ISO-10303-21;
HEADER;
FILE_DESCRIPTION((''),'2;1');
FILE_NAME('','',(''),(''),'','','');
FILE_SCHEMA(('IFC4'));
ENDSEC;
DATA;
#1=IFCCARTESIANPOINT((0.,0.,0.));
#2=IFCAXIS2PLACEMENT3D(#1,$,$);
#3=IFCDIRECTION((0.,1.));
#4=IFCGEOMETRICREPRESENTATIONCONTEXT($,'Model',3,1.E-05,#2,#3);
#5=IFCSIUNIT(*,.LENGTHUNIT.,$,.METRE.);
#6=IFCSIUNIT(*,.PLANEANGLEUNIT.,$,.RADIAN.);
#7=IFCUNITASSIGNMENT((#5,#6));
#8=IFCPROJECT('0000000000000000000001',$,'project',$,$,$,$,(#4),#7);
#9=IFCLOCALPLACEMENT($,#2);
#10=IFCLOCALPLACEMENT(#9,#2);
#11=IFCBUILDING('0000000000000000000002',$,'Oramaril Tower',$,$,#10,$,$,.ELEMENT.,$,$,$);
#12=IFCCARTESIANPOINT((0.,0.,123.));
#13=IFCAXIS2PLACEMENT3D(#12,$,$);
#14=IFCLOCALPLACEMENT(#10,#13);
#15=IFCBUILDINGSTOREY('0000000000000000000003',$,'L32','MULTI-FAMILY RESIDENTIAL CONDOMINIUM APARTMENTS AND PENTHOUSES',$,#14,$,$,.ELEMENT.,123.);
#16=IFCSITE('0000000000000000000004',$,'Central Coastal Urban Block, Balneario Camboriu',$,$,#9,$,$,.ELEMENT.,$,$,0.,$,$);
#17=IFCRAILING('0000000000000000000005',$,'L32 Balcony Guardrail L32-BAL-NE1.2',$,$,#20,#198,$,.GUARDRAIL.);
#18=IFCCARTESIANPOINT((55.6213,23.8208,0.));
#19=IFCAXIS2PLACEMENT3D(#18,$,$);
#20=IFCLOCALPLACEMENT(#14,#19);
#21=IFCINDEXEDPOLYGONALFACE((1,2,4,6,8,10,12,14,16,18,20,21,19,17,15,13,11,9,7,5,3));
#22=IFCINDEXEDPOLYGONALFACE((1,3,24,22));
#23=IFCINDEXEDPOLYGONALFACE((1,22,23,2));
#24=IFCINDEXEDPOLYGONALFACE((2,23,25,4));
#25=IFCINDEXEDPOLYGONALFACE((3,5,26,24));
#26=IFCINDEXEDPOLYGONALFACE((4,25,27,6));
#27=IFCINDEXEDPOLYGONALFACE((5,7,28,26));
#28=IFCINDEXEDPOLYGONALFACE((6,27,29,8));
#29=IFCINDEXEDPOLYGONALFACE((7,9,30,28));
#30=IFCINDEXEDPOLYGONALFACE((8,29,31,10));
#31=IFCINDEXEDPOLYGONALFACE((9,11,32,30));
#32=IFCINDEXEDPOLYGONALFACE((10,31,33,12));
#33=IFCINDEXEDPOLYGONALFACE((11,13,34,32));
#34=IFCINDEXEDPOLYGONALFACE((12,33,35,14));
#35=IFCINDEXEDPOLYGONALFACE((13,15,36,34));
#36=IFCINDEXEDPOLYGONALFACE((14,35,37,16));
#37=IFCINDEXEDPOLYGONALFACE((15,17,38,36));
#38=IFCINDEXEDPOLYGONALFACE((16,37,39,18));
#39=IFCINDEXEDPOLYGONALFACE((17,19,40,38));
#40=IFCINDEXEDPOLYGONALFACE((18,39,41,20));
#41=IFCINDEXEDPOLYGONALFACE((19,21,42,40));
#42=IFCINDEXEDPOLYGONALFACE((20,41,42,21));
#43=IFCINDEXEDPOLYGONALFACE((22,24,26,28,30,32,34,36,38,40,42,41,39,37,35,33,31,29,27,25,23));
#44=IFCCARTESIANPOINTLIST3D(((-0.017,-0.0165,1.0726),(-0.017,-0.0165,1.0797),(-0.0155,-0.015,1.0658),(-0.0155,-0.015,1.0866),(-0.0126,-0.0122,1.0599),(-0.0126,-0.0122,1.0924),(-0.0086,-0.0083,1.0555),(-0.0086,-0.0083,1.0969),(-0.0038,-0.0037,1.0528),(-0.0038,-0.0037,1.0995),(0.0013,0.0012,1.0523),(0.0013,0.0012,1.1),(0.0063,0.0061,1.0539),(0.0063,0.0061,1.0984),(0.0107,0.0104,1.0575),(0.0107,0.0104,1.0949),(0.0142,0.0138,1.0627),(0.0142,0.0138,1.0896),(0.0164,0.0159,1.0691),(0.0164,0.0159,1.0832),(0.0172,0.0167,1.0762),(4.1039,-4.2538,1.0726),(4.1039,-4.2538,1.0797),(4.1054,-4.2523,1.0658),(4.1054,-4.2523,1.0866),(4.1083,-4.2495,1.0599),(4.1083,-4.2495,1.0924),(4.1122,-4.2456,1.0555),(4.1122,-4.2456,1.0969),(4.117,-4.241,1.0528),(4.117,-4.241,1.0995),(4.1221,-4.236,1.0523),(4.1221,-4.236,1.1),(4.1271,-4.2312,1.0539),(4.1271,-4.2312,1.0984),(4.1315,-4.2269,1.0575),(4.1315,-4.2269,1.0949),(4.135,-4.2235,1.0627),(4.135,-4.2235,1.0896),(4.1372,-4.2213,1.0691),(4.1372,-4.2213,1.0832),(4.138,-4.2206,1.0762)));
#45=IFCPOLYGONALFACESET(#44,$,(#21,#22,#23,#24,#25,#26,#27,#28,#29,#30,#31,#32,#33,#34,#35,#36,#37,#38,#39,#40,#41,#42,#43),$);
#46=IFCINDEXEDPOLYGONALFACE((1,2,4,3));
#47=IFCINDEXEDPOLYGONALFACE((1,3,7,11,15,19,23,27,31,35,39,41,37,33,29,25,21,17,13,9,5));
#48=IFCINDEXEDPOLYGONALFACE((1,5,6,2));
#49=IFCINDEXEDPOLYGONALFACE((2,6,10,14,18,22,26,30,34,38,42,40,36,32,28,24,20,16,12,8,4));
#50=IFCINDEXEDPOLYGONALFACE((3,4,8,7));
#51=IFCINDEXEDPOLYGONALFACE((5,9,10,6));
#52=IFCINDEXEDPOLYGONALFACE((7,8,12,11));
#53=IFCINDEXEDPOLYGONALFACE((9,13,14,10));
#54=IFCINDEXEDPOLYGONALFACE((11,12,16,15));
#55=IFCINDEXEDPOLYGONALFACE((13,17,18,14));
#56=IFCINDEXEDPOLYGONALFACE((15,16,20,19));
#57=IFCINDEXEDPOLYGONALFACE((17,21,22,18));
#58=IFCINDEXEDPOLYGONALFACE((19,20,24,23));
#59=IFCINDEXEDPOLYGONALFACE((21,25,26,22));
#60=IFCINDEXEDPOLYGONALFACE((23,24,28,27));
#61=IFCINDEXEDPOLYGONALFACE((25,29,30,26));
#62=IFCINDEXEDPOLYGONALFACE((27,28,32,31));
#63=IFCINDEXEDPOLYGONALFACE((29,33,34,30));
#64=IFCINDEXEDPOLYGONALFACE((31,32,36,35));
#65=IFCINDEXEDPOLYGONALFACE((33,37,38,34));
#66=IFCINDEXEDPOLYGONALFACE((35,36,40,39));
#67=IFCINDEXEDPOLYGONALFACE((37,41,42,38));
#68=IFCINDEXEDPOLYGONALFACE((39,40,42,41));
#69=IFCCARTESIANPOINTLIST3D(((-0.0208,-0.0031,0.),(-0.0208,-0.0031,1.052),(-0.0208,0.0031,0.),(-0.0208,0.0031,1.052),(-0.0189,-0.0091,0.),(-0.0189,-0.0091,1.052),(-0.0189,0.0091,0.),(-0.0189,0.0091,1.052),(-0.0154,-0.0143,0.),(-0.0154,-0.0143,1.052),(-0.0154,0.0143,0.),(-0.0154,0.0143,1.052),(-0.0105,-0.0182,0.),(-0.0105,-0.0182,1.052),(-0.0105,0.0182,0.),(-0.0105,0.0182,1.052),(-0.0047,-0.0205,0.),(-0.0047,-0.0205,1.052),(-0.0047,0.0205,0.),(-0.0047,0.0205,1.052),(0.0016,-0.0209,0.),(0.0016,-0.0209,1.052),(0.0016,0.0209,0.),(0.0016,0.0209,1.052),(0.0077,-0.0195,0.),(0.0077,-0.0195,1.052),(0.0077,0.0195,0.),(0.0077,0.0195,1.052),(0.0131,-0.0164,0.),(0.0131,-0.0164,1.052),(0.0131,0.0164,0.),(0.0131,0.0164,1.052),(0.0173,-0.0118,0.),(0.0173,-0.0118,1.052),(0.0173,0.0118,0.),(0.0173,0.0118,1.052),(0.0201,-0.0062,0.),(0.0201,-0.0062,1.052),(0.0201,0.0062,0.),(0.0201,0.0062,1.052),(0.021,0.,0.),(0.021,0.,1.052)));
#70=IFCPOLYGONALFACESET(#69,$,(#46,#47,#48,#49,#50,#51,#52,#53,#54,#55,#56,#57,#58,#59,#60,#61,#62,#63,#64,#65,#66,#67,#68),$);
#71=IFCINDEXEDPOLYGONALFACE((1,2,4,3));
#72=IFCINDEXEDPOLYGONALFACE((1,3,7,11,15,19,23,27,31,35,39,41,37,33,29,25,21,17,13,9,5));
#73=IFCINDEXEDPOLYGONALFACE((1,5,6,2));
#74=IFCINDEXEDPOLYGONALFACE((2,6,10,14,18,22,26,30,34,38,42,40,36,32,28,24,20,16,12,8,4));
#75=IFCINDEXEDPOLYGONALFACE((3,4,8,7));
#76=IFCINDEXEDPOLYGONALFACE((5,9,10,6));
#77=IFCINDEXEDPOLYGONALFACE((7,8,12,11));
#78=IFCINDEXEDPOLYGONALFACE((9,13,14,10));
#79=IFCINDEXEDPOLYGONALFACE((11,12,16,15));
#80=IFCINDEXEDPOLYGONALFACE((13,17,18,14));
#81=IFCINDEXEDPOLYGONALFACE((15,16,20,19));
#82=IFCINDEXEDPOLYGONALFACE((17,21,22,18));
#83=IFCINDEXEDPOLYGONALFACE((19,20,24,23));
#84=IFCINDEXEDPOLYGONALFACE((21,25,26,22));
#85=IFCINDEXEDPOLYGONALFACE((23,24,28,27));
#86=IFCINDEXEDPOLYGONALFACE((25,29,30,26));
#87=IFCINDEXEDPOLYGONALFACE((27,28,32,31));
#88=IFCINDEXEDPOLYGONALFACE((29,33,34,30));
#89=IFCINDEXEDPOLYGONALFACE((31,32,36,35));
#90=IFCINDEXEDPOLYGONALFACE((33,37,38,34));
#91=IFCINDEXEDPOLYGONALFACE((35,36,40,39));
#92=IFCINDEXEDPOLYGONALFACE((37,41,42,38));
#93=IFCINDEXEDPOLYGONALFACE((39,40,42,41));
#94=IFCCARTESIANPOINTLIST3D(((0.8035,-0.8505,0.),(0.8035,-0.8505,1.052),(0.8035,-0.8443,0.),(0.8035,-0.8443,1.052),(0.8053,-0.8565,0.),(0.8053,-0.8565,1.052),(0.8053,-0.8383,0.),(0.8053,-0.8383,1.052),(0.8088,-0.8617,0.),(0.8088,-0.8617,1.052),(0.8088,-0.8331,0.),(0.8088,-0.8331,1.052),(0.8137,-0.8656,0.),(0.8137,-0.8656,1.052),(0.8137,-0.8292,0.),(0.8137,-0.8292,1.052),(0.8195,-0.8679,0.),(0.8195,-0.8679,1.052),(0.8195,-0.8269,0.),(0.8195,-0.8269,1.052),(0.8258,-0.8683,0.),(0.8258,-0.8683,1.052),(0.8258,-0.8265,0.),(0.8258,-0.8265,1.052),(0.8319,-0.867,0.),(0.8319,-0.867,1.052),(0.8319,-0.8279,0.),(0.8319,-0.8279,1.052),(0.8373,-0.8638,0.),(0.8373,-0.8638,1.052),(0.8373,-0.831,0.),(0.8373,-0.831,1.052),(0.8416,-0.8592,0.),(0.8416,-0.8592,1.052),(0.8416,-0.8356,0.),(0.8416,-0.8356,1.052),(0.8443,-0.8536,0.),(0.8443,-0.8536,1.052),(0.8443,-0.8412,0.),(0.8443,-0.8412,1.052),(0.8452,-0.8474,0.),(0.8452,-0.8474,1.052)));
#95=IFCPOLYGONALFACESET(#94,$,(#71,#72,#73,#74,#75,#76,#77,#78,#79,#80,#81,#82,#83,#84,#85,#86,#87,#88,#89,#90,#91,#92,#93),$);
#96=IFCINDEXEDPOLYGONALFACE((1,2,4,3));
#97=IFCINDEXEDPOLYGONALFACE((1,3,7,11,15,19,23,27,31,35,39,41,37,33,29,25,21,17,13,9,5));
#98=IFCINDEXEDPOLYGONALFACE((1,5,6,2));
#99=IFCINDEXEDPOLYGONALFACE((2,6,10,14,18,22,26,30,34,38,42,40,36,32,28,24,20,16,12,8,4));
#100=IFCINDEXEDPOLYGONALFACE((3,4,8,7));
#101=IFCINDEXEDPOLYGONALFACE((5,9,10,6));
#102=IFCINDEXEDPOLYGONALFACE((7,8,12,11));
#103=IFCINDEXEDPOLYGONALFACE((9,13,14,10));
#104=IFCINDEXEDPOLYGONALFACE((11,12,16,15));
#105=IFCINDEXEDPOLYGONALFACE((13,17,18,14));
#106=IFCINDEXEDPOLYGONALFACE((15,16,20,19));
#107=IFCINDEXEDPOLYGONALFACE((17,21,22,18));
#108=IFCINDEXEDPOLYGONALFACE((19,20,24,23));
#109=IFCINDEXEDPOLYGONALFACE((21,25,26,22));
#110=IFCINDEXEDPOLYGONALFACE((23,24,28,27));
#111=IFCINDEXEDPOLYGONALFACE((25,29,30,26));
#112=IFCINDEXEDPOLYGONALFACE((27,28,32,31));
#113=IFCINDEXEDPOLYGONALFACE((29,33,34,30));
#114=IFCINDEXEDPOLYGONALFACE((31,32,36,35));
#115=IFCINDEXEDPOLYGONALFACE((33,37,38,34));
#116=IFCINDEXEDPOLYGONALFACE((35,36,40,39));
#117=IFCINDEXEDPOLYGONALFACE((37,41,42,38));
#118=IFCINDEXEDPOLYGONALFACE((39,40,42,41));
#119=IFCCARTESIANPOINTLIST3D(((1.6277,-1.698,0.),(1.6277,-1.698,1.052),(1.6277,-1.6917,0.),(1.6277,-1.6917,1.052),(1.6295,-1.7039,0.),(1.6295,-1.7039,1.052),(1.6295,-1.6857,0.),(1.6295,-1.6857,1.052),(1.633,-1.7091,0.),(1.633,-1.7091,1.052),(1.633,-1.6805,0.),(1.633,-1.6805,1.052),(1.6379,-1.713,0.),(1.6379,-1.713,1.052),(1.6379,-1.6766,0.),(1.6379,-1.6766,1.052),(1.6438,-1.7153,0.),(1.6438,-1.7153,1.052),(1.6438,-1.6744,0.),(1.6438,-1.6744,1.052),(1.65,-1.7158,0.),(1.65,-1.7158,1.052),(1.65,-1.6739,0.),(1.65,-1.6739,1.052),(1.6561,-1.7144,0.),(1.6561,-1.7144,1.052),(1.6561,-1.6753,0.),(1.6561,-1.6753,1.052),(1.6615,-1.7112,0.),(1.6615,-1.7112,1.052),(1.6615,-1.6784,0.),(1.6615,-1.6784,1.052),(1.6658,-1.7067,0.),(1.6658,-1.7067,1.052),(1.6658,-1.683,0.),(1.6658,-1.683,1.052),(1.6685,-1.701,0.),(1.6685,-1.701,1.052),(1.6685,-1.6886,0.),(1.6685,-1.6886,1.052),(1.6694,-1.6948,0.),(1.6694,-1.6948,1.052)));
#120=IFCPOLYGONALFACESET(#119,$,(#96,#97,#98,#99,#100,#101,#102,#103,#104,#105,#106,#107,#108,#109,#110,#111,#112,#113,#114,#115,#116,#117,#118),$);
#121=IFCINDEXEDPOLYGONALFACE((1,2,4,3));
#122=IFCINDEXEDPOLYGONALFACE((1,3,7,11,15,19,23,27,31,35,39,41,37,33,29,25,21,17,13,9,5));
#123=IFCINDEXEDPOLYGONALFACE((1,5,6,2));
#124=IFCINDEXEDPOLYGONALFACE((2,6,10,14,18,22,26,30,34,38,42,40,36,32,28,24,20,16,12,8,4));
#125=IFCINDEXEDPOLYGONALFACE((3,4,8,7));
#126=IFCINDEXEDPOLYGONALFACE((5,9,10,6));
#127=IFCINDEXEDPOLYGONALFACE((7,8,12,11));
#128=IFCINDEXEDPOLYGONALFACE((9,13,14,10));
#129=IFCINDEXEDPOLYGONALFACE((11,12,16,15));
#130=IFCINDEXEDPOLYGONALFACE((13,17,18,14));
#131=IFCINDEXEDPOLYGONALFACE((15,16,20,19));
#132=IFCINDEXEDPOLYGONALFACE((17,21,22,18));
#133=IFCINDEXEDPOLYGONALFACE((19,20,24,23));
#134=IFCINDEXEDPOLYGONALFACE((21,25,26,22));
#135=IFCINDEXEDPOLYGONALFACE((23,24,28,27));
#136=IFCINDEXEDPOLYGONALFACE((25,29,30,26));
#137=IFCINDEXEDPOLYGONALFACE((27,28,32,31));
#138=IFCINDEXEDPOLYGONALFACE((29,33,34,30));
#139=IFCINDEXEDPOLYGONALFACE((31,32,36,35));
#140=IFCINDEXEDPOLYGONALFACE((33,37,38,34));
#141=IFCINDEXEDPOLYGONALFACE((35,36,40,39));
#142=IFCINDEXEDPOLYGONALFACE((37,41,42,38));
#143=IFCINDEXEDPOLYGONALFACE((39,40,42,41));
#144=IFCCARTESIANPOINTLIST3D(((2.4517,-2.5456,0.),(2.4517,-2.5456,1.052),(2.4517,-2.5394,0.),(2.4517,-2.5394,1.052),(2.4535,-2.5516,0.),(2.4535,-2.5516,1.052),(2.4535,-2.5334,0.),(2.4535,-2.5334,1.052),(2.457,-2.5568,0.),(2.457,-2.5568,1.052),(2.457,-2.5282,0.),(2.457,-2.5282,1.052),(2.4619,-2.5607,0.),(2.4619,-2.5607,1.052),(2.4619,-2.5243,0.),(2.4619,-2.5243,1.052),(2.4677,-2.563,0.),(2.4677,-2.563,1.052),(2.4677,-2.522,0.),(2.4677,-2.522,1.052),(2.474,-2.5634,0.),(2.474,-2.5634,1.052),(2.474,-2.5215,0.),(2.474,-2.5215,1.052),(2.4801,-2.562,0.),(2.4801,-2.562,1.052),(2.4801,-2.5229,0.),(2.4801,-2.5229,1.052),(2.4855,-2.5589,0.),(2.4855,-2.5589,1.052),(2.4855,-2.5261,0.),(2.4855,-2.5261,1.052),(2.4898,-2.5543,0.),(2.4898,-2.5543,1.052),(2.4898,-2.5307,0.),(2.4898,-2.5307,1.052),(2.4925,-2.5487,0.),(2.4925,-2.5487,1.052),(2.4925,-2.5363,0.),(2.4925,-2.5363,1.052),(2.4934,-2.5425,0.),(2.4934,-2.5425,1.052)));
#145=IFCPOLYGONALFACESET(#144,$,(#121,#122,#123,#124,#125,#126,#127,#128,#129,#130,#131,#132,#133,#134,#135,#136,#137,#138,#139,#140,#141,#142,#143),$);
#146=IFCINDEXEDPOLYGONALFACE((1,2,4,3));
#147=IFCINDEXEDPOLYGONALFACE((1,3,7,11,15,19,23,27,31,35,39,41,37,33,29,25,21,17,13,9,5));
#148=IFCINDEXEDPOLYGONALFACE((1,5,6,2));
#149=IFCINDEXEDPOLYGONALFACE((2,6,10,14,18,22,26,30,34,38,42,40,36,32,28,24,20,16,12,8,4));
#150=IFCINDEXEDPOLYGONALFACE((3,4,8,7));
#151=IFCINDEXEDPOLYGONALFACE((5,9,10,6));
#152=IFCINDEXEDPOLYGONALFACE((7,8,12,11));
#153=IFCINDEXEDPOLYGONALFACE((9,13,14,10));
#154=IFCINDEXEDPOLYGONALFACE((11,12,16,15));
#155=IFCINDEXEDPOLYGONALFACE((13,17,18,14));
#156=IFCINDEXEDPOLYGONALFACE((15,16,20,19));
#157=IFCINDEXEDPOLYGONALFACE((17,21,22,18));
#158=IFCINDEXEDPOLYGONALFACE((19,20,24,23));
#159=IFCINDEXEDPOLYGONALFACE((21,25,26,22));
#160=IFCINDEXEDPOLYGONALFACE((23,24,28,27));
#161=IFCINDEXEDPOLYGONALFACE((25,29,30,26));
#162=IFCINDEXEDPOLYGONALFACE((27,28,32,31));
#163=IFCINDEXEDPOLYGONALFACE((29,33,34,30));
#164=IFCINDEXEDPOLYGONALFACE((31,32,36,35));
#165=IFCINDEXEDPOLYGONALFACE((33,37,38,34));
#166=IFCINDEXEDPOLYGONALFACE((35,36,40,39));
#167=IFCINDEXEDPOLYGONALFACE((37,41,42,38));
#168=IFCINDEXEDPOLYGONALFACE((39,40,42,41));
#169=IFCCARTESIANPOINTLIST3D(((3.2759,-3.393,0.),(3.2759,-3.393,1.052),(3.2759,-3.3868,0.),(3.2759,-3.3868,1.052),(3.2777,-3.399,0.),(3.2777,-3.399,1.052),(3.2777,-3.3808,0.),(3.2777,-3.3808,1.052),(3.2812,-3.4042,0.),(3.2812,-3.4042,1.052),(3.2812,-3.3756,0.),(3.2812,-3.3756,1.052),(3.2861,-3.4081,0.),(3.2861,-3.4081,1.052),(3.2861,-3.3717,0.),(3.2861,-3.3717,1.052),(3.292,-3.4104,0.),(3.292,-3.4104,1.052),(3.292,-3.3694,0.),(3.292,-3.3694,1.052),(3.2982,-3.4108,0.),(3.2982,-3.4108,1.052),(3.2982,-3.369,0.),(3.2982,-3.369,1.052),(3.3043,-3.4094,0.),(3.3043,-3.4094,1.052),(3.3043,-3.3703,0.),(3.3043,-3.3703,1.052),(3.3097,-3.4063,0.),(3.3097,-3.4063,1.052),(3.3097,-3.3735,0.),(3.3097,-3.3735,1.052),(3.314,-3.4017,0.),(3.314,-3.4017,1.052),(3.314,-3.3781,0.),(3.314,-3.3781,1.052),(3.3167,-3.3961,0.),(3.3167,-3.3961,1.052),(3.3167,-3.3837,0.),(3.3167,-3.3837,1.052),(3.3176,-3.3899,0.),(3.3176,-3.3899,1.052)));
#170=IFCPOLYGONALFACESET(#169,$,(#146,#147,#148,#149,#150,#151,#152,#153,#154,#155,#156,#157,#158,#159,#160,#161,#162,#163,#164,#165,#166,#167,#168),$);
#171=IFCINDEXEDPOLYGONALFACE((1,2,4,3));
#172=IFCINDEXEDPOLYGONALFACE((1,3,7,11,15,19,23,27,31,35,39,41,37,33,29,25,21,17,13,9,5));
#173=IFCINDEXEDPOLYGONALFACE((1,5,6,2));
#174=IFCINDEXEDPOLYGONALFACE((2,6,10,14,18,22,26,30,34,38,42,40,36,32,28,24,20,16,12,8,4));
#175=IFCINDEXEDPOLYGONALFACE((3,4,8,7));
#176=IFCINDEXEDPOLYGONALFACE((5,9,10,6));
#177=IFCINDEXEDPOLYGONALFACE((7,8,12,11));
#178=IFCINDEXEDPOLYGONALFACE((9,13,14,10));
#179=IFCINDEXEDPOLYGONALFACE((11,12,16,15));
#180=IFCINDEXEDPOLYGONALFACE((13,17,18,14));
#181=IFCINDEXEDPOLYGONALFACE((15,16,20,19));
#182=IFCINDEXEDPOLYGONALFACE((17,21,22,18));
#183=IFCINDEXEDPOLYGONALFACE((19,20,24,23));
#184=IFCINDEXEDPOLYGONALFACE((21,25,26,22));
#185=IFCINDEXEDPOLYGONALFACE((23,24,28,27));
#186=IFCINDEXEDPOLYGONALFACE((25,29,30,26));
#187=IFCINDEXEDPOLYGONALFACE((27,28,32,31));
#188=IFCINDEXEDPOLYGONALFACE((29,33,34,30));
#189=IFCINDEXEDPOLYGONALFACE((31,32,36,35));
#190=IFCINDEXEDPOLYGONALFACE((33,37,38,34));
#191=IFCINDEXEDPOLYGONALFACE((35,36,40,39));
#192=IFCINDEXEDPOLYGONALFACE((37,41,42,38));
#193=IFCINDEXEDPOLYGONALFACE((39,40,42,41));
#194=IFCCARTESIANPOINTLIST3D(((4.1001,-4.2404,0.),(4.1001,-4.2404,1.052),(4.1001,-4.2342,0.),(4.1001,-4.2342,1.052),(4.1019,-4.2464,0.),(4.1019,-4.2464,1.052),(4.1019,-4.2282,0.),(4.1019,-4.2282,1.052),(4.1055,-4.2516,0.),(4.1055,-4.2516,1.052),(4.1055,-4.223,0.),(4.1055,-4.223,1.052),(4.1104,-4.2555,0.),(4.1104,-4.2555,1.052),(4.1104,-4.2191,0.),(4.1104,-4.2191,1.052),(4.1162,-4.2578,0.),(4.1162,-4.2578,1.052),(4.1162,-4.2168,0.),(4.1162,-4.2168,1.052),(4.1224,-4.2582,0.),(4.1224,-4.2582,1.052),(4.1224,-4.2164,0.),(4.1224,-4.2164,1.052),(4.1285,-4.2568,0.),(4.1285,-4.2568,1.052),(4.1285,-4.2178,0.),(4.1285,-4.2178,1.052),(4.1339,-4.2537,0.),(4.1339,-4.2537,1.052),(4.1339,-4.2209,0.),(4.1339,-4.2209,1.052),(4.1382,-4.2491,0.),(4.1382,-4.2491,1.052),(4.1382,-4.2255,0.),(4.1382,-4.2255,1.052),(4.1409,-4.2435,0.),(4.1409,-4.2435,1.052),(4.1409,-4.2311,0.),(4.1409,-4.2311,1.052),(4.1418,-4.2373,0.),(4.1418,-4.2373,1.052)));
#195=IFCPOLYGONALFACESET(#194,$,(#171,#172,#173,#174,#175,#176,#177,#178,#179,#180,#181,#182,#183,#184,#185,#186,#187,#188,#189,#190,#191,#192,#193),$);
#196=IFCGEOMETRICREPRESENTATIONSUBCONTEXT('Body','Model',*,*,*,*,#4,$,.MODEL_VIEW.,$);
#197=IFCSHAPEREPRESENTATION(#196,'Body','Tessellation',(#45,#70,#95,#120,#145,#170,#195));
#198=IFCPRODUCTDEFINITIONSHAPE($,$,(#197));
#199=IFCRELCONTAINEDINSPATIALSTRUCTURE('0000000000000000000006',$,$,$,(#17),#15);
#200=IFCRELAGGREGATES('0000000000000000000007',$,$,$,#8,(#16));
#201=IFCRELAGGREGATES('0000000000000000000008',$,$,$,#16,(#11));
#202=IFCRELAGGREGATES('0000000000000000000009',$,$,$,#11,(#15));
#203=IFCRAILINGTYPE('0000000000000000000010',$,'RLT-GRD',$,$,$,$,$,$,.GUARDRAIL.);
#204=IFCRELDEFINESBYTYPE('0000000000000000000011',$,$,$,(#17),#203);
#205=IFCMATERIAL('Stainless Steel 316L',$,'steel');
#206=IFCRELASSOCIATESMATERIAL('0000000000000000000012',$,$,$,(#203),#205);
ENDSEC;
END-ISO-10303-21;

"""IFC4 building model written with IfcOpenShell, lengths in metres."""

from ifc_helpers import new_model, si_unit, direction, frame, origin, origin_2d, place, context, subcontext, project, spatial, circle, extrude, material, type_object, element, save


model = new_model("IFC4")

# Units and contexts
model_context = context("Model", 3, precision=1e-05, world=origin(), true_north=direction((0.0, 1.0)))
body_context = subcontext(model_context, "Body", "Model", "MODEL_VIEW")
ifc_project = project(units=[si_unit("LENGTHUNIT", "METRE"), si_unit("PLANEANGLEUNIT", "RADIAN")], contexts=[model_context])

# Site, building, storey
site_placement = place(None, origin())
site = spatial("IfcSite", under=ifc_project, at=site_placement, Name="Central Coastal Urban Block, Balneario Camboriu", CompositionType="ELEMENT", RefElevation=0.0)
building_placement = place(site_placement, origin())
building = spatial("IfcBuilding", under=site, at=building_placement, Name="Oramaril Tower", CompositionType="ELEMENT")
storey_placement = place(building_placement, frame((0.0, 0.0, 123.0)))
storey = spatial("IfcBuildingStorey", under=building, at=storey_placement, Name="L32", Description="MULTI-FAMILY RESIDENTIAL CONDOMINIUM APARTMENTS AND PENTHOUSES", CompositionType="ELEMENT", Elevation=123.0)

# Railing
ifc_material_1 = material(Name="Stainless Steel 316L", Category="steel")
railing_type = type_object("IfcRailingType", Name="RLT-GRD", PredefinedType="GUARDRAIL", material=ifc_material_1)
railing_1_placement = place(storey_placement, frame((55.6213, 23.8208, 0.0)))
element("IfcRailing", 1, at=railing_1_placement, inside=storey, type_object=railing_type, Name="L32 Balcony Guardrail L32-BAL-NE1.2", PredefinedType="GUARDRAIL", context=body_context, shape_type="SweptSolid", body=[
    extrude(circle(Radius=0.0239, at=origin_2d()), frame((0.0, 0.0, 1.0762), z_axis=(0.697187, -0.716889, 0.0), x_axis=(0.716889, 0.697187, 0.0)), (0.0, 0.0, 1.0), 5.9106),
    extrude(circle(Radius=0.021, at=origin_2d()), origin(), (0.0, 0.0, 1.0), 1.052),
    extrude(circle(Radius=0.021, at=origin_2d()), frame((0.8242, -0.8474, 0.0)), (0.0, 0.0, 1.0), 1.052),
    extrude(circle(Radius=0.021, at=origin_2d()), frame((1.6484, -1.6948, 0.0)), (0.0, 0.0, 1.0), 1.052),
    extrude(circle(Radius=0.021, at=origin_2d()), frame((2.4724, -2.5425, 0.0)), (0.0, 0.0, 1.0), 1.052),
    extrude(circle(Radius=0.021, at=origin_2d()), frame((3.2966, -3.3899, 0.0)), (0.0, 0.0, 1.0), 1.052),
    extrude(circle(Radius=0.021, at=origin_2d()), frame((4.1208, -4.2373, 0.0)), (0.0, 0.0, 1.0), 1.052),
])

save(model, "model.ifc")
